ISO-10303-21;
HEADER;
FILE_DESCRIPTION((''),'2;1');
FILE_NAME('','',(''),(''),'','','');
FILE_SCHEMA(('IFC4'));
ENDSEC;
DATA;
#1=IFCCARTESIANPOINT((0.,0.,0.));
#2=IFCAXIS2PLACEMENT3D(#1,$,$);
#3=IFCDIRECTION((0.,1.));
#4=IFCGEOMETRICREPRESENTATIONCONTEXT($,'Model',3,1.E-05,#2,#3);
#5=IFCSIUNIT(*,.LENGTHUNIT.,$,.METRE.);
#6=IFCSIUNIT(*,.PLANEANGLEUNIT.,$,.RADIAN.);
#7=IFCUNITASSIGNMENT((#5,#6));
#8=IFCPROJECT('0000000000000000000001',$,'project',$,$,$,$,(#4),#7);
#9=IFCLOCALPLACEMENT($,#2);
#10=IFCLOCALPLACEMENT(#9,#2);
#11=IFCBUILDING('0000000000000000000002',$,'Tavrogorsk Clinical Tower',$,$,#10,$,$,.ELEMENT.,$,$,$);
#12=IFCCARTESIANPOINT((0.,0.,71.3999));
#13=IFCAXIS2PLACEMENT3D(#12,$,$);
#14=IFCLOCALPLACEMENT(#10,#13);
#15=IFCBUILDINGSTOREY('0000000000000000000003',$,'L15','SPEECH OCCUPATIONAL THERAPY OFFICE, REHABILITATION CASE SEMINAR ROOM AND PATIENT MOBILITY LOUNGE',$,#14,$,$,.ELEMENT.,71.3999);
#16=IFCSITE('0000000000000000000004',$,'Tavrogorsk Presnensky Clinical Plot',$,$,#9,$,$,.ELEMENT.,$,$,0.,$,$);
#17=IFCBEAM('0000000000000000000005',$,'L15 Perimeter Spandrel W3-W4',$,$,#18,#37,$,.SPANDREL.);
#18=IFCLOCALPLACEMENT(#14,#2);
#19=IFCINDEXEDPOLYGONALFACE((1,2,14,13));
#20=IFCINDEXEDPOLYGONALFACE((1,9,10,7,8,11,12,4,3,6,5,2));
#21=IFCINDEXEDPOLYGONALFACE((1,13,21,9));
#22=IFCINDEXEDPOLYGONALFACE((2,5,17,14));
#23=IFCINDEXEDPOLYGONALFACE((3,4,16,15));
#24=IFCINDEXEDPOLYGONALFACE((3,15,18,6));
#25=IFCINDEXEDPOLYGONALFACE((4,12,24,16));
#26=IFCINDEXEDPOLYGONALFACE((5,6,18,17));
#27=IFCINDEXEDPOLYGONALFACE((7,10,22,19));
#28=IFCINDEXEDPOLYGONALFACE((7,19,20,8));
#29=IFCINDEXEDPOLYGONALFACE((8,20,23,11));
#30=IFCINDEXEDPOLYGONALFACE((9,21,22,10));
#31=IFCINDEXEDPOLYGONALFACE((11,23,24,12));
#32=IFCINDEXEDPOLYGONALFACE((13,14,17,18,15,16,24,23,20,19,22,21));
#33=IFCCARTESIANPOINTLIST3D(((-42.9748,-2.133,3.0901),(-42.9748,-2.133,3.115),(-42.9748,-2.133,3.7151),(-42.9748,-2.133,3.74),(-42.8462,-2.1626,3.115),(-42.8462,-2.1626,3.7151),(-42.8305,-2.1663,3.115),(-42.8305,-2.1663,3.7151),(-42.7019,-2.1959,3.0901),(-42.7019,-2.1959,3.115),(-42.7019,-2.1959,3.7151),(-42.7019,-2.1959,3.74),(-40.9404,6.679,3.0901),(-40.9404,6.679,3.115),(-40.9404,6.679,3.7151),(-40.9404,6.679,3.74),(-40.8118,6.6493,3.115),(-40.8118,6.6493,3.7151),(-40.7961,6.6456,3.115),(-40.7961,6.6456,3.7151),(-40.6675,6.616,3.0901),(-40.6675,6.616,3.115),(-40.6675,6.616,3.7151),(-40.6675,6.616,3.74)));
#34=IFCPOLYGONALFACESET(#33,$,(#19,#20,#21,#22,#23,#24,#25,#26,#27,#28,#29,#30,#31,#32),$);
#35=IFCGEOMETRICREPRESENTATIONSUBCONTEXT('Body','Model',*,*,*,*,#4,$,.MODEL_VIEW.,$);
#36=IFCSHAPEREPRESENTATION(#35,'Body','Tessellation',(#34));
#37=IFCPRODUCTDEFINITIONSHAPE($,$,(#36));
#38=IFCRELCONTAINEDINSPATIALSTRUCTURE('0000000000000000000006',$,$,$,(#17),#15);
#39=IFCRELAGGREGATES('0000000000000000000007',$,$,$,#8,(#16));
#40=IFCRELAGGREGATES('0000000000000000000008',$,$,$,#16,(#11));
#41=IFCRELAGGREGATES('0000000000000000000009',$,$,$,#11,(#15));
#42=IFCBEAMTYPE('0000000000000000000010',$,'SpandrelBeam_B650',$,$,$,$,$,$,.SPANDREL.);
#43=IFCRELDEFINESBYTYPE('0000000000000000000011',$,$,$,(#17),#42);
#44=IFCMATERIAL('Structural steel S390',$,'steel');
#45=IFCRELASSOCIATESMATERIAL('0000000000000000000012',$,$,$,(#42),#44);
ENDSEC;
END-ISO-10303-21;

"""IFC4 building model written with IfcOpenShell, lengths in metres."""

from ifc_helpers import new_model, si_unit, direction, frame, origin, origin_2d, place, context, subcontext, project, spatial, i_section, extrude, material, material_profile, profile_set, type_object, element, save


model = new_model("IFC4")

# Units and contexts
model_context = context("Model", 3, precision=1e-05, world=origin(), true_north=direction((0.0, 1.0)))
body_context = subcontext(model_context, "Body", "Model", "MODEL_VIEW")
ifc_project = project(units=[si_unit("LENGTHUNIT", "METRE"), si_unit("PLANEANGLEUNIT", "RADIAN")], contexts=[model_context])

# Site, building, storey
site_placement = place(None, origin())
site = spatial("IfcSite", under=ifc_project, at=site_placement, Name="Tavrogorsk Presnensky Clinical Plot", CompositionType="ELEMENT", RefElevation=0.0)
building_placement = place(site_placement, origin())
building = spatial("IfcBuilding", under=site, at=building_placement, Name="Tavrogorsk Clinical Tower", CompositionType="ELEMENT")
storey_placement = place(building_placement, frame((0.0, 0.0, 71.3999)))
storey = spatial("IfcBuildingStorey", under=building, at=storey_placement, Name="L15", Description="SPEECH OCCUPATIONAL THERAPY OFFICE, REHABILITATION CASE SEMINAR ROOM AND PATIENT MOBILITY LOUNGE", CompositionType="ELEMENT", Elevation=71.3999)

# Beam
ifc_material_1 = material(Name="Structural steel S390", Category="steel")
ifc_material_profile_1 = material_profile(ifc_material_1, i_section(OverallWidth=0.28, OverallDepth=0.6499, WebThickness=0.0161, FlangeThickness=0.0249, at=origin_2d()), Name="B-650x280x16x25")
ifc_profile_set_1 = profile_set([ifc_material_profile_1], Name="Structural steel S390")
beam_type_1 = type_object("IfcBeamType", Name="SpandrelBeam_B650", PredefinedType="SPANDREL", material=ifc_profile_set_1)
beam_1_placement = place(storey_placement, frame((-40.804, 6.6475, 3.415), z_axis=(-0.224952, -0.97437, 0.0), x_axis=(0.97437, -0.224952, 0.0)))
element("IfcBeam", 1, at=beam_1_placement, inside=storey, type_object=beam_type_1, Name="L15 Perimeter Spandrel W3-W4", PredefinedType="SPANDREL", context=body_context, shape_type="SweptSolid", body=[
    extrude(i_section(OverallWidth=0.28, OverallDepth=0.6499, WebThickness=0.0161, FlangeThickness=0.0249, at=origin_2d()), origin(), (0.0, 0.0, 1.0), 9.0437),
])

save(model, "model.ifc")
